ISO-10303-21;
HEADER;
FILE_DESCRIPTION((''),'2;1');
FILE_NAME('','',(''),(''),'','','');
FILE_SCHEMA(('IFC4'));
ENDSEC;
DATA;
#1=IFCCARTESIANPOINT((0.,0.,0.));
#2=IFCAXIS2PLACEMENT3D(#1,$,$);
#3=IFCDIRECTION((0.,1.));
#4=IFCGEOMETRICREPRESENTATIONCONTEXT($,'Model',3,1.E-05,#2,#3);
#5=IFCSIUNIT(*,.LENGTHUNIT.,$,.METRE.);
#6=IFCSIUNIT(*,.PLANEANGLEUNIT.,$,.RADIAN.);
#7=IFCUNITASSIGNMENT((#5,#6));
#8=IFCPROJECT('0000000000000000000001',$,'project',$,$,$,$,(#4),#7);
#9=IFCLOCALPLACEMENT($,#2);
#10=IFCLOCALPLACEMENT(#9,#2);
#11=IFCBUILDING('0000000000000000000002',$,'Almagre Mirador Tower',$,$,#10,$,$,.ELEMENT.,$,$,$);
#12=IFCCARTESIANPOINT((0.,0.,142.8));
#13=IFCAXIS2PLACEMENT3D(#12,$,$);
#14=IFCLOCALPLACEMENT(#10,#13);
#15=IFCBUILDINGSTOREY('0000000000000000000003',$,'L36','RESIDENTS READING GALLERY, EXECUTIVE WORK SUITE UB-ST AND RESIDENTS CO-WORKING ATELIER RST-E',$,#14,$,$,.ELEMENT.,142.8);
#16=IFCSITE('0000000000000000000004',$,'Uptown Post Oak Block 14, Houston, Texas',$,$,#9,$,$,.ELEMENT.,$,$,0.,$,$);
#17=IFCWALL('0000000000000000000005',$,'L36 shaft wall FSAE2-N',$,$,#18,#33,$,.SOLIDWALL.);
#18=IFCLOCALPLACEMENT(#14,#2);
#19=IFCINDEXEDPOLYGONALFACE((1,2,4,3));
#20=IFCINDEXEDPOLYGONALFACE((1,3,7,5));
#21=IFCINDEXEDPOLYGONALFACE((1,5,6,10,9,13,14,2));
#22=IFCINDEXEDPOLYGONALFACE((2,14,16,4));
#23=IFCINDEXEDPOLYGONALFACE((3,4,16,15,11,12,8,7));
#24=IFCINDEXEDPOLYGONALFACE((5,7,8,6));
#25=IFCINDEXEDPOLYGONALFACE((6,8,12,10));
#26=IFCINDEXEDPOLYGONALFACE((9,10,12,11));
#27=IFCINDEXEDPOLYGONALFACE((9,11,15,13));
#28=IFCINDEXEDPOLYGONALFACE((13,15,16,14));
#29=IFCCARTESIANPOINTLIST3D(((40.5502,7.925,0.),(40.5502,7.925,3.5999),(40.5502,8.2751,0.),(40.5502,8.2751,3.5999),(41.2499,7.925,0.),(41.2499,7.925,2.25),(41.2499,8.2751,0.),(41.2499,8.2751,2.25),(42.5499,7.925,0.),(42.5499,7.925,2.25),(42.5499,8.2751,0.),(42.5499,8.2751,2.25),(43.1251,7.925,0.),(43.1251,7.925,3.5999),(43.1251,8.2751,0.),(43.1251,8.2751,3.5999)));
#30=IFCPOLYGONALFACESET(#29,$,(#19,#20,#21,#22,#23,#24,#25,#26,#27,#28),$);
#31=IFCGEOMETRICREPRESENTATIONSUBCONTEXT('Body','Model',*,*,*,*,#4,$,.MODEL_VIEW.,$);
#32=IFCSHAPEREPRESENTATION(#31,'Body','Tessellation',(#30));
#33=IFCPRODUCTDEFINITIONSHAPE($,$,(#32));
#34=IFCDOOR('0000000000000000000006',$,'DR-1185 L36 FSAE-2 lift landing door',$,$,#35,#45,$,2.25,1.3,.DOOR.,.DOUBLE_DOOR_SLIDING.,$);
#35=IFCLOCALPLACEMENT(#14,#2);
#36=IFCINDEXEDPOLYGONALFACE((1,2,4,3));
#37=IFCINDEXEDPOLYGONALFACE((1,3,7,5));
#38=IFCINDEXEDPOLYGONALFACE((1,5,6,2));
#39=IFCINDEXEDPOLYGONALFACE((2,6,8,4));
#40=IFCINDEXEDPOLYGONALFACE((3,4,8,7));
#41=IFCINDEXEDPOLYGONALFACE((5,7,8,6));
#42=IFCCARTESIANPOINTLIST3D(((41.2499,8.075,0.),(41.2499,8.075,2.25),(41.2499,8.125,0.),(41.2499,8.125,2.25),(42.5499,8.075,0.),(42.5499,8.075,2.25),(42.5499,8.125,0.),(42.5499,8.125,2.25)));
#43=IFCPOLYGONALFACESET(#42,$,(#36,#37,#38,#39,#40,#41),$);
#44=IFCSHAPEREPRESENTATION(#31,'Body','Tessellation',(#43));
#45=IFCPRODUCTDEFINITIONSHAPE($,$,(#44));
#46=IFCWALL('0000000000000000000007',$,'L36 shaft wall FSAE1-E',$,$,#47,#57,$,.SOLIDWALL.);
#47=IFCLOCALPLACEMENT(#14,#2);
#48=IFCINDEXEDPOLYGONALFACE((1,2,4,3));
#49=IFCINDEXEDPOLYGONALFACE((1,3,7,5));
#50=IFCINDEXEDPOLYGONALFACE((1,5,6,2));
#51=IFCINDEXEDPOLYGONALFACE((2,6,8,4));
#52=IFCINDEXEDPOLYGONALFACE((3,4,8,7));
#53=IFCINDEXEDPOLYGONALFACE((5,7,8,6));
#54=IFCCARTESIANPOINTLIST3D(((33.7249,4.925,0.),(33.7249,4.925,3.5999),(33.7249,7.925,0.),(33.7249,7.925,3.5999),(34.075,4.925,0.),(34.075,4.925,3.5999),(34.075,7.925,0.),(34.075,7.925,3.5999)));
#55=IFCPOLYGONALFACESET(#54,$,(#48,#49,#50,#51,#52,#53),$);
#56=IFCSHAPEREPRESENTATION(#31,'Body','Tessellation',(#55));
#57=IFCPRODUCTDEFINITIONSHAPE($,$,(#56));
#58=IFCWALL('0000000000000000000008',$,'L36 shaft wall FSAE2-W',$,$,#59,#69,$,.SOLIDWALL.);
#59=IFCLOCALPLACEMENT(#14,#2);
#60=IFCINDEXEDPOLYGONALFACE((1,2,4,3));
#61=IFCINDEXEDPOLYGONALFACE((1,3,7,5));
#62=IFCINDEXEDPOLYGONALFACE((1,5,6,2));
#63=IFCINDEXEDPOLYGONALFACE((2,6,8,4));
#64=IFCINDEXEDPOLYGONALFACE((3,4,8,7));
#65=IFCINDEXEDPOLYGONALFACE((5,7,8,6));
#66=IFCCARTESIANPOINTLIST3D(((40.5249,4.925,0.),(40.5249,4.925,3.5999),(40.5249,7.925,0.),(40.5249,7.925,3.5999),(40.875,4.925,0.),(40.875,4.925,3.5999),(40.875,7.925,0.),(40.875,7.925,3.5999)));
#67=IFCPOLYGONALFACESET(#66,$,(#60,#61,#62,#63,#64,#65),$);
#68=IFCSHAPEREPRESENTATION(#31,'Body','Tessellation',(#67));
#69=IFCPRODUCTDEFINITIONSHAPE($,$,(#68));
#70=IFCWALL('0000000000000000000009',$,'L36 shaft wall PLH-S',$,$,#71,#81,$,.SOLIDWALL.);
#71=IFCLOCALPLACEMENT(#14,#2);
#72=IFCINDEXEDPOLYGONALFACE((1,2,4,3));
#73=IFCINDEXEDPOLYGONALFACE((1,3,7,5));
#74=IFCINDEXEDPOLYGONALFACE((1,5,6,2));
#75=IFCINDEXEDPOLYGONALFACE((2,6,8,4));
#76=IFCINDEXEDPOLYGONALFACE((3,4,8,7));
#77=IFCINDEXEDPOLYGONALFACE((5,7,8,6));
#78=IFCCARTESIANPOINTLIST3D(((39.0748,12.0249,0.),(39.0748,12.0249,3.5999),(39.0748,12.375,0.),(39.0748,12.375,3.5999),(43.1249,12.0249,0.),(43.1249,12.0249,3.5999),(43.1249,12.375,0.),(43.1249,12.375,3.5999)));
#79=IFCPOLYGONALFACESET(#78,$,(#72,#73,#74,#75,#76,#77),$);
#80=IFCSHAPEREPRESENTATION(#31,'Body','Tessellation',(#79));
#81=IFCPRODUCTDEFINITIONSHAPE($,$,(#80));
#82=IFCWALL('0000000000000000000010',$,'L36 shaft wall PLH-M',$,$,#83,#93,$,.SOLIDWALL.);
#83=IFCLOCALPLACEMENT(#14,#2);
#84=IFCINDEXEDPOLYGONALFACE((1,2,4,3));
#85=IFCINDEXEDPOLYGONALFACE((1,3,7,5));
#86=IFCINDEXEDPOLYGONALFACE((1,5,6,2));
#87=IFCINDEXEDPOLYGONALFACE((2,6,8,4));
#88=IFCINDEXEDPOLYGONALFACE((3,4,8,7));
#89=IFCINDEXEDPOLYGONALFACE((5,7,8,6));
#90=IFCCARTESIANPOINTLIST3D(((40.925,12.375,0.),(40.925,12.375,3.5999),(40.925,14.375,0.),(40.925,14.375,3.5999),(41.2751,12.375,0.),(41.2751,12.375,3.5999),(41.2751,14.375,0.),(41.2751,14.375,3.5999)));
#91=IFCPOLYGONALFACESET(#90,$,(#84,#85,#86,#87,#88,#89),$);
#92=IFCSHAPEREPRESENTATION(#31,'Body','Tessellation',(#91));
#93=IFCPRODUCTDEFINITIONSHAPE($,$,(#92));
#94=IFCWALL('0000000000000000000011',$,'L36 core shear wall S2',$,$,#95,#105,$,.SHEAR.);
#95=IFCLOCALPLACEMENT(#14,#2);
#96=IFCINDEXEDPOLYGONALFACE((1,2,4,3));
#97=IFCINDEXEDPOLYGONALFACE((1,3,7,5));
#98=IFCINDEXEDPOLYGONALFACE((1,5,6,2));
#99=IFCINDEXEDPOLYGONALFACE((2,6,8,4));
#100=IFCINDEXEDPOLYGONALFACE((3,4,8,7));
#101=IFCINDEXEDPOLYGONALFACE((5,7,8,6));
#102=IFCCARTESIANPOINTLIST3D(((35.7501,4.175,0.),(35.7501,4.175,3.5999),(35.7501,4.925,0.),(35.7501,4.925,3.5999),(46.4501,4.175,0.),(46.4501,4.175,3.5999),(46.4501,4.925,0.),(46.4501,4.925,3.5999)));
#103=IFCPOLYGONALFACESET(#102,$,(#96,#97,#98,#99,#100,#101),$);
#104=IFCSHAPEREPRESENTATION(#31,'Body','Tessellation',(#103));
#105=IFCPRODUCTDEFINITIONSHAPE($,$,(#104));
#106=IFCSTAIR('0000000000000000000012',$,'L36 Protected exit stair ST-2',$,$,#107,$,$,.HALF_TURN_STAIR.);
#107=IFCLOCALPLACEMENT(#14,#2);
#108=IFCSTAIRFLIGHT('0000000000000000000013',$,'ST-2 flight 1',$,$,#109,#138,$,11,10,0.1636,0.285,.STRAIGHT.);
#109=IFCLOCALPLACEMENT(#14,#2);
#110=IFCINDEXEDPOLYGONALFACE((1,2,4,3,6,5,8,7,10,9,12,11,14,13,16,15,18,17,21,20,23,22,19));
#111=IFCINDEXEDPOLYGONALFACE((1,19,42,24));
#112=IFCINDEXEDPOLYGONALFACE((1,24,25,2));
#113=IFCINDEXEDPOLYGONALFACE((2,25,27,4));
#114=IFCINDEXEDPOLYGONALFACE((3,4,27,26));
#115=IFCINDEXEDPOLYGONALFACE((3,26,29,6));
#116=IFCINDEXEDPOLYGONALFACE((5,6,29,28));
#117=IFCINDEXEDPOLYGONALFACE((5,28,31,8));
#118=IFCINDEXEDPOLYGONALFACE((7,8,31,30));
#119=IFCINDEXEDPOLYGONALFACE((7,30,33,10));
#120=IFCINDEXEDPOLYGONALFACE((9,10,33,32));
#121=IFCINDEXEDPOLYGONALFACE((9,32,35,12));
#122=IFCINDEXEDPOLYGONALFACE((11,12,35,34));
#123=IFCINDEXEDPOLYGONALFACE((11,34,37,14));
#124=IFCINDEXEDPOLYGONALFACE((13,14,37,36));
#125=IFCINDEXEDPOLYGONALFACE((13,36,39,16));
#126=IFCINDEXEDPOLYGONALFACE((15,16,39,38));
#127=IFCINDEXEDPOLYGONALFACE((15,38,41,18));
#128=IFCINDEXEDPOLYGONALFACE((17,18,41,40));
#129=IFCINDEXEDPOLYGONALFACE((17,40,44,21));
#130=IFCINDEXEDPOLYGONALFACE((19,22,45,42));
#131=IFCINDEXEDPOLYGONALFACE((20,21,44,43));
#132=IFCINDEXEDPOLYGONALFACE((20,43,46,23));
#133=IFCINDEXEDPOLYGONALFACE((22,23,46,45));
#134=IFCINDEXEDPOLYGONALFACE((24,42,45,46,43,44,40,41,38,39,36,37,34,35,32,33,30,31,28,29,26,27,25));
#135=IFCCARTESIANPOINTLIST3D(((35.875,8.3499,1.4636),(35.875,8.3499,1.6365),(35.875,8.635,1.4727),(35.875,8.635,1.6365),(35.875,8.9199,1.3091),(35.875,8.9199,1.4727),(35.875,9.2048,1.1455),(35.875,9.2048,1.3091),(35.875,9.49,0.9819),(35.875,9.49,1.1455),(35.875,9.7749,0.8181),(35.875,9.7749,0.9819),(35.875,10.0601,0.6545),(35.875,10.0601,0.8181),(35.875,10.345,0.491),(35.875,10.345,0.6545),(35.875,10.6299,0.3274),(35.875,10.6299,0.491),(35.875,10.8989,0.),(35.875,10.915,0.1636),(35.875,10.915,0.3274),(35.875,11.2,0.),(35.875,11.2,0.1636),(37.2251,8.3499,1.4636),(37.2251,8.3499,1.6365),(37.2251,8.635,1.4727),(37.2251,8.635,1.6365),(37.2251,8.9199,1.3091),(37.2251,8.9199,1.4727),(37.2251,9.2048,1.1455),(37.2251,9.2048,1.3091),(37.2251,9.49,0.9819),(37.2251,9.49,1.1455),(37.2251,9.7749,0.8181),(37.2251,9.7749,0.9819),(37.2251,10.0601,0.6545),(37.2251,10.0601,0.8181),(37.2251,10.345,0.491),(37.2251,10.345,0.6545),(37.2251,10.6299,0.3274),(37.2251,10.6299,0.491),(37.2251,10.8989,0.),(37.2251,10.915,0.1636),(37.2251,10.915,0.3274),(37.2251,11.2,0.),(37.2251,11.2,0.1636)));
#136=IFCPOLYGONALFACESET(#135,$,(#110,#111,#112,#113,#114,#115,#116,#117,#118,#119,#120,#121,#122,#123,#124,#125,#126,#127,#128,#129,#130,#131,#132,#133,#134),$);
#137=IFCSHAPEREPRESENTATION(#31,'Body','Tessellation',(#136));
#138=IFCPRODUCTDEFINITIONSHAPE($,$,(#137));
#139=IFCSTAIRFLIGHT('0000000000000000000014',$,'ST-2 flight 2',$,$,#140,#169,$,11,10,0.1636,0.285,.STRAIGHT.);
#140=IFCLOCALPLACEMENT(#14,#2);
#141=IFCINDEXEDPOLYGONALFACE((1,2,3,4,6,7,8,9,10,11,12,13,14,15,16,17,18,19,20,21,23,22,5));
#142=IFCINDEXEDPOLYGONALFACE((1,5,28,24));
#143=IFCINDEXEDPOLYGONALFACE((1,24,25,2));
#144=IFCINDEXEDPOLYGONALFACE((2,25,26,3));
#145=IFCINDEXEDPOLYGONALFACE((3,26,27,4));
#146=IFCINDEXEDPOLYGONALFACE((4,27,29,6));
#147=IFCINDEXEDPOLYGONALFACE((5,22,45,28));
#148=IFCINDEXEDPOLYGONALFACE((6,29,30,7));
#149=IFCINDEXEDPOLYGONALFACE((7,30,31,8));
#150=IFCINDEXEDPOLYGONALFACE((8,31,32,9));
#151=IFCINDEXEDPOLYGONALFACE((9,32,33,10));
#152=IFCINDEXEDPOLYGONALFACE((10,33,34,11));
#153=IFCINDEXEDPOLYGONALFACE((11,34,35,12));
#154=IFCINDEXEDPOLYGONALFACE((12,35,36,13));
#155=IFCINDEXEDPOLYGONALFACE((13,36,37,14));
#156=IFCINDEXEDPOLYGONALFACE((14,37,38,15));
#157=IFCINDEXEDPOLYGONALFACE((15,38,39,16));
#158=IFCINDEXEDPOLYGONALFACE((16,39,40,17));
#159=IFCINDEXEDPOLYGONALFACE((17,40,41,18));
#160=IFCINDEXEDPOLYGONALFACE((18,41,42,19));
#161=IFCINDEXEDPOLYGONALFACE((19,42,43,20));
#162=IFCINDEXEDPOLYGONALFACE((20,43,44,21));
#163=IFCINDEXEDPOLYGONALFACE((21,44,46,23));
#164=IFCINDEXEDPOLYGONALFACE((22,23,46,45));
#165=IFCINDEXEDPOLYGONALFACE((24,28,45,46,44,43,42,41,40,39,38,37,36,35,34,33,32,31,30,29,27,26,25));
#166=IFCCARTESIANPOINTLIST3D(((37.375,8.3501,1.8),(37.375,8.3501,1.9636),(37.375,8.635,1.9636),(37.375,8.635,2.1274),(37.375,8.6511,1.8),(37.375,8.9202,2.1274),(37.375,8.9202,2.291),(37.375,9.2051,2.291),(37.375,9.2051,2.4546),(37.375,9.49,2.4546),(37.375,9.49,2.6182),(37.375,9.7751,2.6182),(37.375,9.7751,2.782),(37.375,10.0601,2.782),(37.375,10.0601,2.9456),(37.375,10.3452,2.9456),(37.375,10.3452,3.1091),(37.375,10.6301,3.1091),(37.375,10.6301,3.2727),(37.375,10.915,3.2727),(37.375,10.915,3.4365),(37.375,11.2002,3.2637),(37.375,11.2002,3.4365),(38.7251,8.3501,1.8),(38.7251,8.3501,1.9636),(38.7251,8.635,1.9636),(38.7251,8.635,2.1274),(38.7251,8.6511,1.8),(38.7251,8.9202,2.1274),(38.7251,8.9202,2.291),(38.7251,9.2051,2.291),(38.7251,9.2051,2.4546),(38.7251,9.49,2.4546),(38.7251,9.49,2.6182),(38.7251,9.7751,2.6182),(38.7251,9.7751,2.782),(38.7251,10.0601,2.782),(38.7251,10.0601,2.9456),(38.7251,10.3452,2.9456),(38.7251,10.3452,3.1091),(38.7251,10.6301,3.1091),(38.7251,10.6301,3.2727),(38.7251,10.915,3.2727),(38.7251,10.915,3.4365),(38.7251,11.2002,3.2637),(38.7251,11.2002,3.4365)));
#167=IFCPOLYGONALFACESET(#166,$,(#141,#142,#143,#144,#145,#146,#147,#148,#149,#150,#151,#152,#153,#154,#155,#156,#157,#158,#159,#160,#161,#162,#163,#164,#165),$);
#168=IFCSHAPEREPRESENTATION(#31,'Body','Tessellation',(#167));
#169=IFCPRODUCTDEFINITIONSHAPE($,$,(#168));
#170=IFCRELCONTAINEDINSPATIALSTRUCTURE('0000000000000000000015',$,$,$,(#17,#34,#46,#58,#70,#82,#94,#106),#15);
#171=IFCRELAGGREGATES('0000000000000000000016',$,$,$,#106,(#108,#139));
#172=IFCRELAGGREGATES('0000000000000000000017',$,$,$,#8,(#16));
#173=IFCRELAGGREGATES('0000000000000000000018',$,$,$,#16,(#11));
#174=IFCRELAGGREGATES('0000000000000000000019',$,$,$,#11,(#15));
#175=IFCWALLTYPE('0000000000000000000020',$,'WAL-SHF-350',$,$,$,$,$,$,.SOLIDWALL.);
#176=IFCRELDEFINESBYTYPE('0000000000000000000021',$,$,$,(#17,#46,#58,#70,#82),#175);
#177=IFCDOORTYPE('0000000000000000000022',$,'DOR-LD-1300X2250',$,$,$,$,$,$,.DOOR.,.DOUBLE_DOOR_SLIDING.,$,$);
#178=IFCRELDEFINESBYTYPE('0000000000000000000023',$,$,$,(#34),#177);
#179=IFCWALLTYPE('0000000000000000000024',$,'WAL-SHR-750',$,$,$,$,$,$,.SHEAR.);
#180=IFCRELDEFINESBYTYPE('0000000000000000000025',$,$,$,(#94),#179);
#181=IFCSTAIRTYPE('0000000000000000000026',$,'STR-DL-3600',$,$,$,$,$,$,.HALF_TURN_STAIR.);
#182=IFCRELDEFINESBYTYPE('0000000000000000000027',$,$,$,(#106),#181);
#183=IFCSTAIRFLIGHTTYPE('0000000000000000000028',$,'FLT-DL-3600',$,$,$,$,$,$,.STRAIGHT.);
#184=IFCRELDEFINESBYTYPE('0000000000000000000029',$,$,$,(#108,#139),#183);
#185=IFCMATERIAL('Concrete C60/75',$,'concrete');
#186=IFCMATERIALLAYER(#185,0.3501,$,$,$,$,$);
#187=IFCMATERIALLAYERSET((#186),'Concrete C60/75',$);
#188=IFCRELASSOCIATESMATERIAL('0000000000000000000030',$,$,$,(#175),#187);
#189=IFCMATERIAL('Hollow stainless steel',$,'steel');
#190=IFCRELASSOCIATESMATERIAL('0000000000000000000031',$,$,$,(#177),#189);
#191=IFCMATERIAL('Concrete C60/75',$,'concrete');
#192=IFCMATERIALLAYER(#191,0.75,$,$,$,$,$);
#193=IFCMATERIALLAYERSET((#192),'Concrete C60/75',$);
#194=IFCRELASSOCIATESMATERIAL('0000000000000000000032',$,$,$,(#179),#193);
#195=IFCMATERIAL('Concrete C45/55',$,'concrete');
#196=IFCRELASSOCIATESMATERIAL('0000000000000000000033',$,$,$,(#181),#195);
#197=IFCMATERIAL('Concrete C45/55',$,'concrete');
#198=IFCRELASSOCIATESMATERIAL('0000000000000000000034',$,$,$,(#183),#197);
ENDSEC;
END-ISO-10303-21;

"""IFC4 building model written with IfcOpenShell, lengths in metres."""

from ifc_helpers import new_model, si_unit, direction, frame, frame_2d, origin, place, context, subcontext, project, spatial, polyline, rectangle, outline, extrude, material, layer, layer_set, type_object, element, fill, aggregate, save


model = new_model("IFC4")

# Units and contexts
model_context = context("Model", 3, precision=1e-05, world=origin(), true_north=direction((0.0, 1.0)))
body_context = subcontext(model_context, "Body", "Model", "MODEL_VIEW")
ifc_project = project(units=[si_unit("LENGTHUNIT", "METRE"), si_unit("PLANEANGLEUNIT", "RADIAN")], contexts=[model_context])

# Site, building, storey
site_placement = place(None, origin())
site = spatial("IfcSite", under=ifc_project, at=site_placement, Name="Uptown Post Oak Block 14, Houston, Texas", CompositionType="ELEMENT", RefElevation=0.0)
building_placement = place(site_placement, origin())
building = spatial("IfcBuilding", under=site, at=building_placement, Name="Almagre Mirador Tower", CompositionType="ELEMENT")
storey_placement = place(building_placement, frame((0.0, 0.0, 142.8)))
storey = spatial("IfcBuildingStorey", under=building, at=storey_placement, Name="L36", Description="RESIDENTS READING GALLERY, EXECUTIVE WORK SUITE UB-ST AND RESIDENTS CO-WORKING ATELIER RST-E", CompositionType="ELEMENT", Elevation=142.8)

# Shared definitions
ifc_material_1 = material(Name="Concrete C60/75", Category="concrete")
ifc_layer_1 = layer(ifc_material_1, 0.3501)
ifc_layer_set_1 = layer_set([ifc_layer_1], Name="Concrete C60/75")
wall_type_1 = type_object("IfcWallType", Name="WAL-SHF-350", PredefinedType="SOLIDWALL", material=ifc_layer_set_1)

# Wall, opening, door
wall_1_placement = place(storey_placement, frame((40.55, 8.1001, 0.0), z_axis=(0.0, 0.0, 1.0), x_axis=(1.0, 0.0, 0.0)))
wall_1 = element("IfcWall", 1, at=wall_1_placement, inside=storey, type_object=wall_type_1, Name="L36 shaft wall FSAE2-N", PredefinedType="SOLIDWALL", context=body_context, shape_type="SweptSolid", body=[
    extrude(rectangle(XDim=2.575, YDim=0.3501, at=frame_2d((1.2876, 0.0))), origin(), (0.0, 0.0, 1.0), 3.5999),
])
opening_1_placement = place(wall_1_placement, frame((0.7, 0.0, 0.0)))
opening_1 = element("IfcOpeningElement", 2, at=opening_1_placement, cuts=wall_1, PredefinedType="OPENING", context=body_context, shape_type="SweptSolid", body=[
    extrude(rectangle(XDim=1.3, YDim=2.25, at=frame_2d((0.6499, 1.125))), frame((0.0, 0.185, 0.0), z_axis=(0.0, -1.0, 0.0), x_axis=(1.0, 0.0, 0.0)), (0.0, 0.0, 1.0), 0.3701),
])
ifc_material_2 = material(Name="Hollow stainless steel", Category="steel")
door_type_1 = type_object("IfcDoorType", Name="DOR-LD-1300X2250", OperationType="DOUBLE_DOOR_SLIDING", PredefinedType="DOOR", material=ifc_material_2)
door_1_placement = place(opening_1_placement, origin())
door_1 = element("IfcDoor", 3, at=door_1_placement, inside=storey, type_object=door_type_1, Name="DR-1185 L36 FSAE-2 lift landing door", OperationType="DOUBLE_DOOR_SLIDING", OverallHeight=2.25, OverallWidth=1.3, PredefinedType="DOOR", context=body_context, shape_type="SweptSolid", body=[
    extrude(rectangle(XDim=1.3, YDim=2.25, at=frame_2d((0.6499, 1.125))), frame((0.0, 0.0249, 0.0), z_axis=(0.0, -1.0, 0.0), x_axis=(1.0, 0.0, 0.0)), (0.0, 0.0, 1.0), 0.05),
])
fill(opening_1, door_1)

# Walls
for number, where, z_axis, x_axis, name in (
    (4, (33.8999, 4.925, 0.0), (0.0, 0.0, 1.0), (0.0, 1.0, 0.0), "L36 shaft wall FSAE1-E"),
    (5, (40.7, 4.925, 0.0), (0.0, 0.0, 1.0), (0.0, 1.0, 0.0), "L36 shaft wall FSAE2-W"),
):
    element("IfcWall", number, at=place(storey_placement, frame(where, z_axis=z_axis, x_axis=x_axis)), inside=storey, type_object=wall_type_1, Name=name, PredefinedType="SOLIDWALL", context=body_context, shape_type="SweptSolid", body=[
        extrude(rectangle(XDim=3.0, YDim=0.3501, at=frame_2d((1.5, 0.0))), origin(), (0.0, 0.0, 1.0), 3.5999),
    ])
wall_2_placement = place(storey_placement, frame((39.075, 12.2, 0.0), z_axis=(0.0, 0.0, 1.0), x_axis=(1.0, 0.0, 0.0)))
element("IfcWall", 6, at=wall_2_placement, inside=storey, type_object=wall_type_1, Name="L36 shaft wall PLH-S", PredefinedType="SOLIDWALL", context=body_context, shape_type="SweptSolid", body=[
    extrude(rectangle(XDim=4.05, YDim=0.3501, at=frame_2d((2.0249, 0.0))), origin(), (0.0, 0.0, 1.0), 3.5999),
])
wall_3_placement = place(storey_placement, frame((41.1001, 12.375, 0.0), z_axis=(0.0, 0.0, 1.0), x_axis=(0.0, 1.0, 0.0)))
element("IfcWall", 7, at=wall_3_placement, inside=storey, type_object=wall_type_1, Name="L36 shaft wall PLH-M", PredefinedType="SOLIDWALL", context=body_context, shape_type="SweptSolid", body=[
    extrude(rectangle(XDim=2.0, YDim=0.3501, at=frame_2d((1.0, 0.0))), origin(), (0.0, 0.0, 1.0), 3.5999),
])
ifc_material_3 = material(Name="Concrete C60/75", Category="concrete")
ifc_layer_2 = layer(ifc_material_3, 0.75)
ifc_layer_set_2 = layer_set([ifc_layer_2], Name="Concrete C60/75")
wall_type_2 = type_object("IfcWallType", Name="WAL-SHR-750", PredefinedType="SHEAR", material=ifc_layer_set_2)
wall_4_placement = place(storey_placement, frame((35.75, 4.55, 0.0), z_axis=(0.0, 0.0, 1.0), x_axis=(1.0, 0.0, 0.0)))
element("IfcWall", 8, at=wall_4_placement, inside=storey, type_object=wall_type_2, Name="L36 core shear wall S2", PredefinedType="SHEAR", context=body_context, shape_type="SweptSolid", body=[
    extrude(rectangle(XDim=10.7, YDim=0.75, at=frame_2d((5.3501, 0.0))), origin(), (0.0, 0.0, 1.0), 3.5999),
])

# Stair, stair flights
ifc_material_4 = material(Name="Concrete C45/55", Category="concrete")
stair_type = type_object("IfcStairType", Name="STR-DL-3600", PredefinedType="HALF_TURN_STAIR", material=ifc_material_4)
stair_placement = place(storey_placement, origin())
stair = element("IfcStair", 9, at=stair_placement, inside=storey, type_object=stair_type, Name="L36 Protected exit stair ST-2", PredefinedType="HALF_TURN_STAIR")
ifc_material_5 = material(Name="Concrete C45/55", Category="concrete")
stair_flight_type = type_object("IfcStairFlightType", Name="FLT-DL-3600", PredefinedType="STRAIGHT", material=ifc_material_5)
stair_flight_1_placement = place(storey_placement, frame((36.55, 11.2, 0.0), z_axis=(0.0, 0.0, 1.0), x_axis=(0.0, -1.0, 0.0)))
stair_flight_1 = element("IfcStairFlight", 10, at=stair_flight_1_placement, type_object=stair_flight_type, Name="ST-2 flight 1", NumberOfRisers=11, NumberOfTreads=10, PredefinedType="STRAIGHT", RiserHeight=0.1636, TreadLength=0.285, context=body_context, shape_type="SweptSolid", body=[
    extrude(outline(polyline([(0.0, 0.0), (0.0, 0.1636), (0.2849, 0.1636), (0.2849, 0.3274), (0.5701, 0.3274), (0.5701, 0.491), (0.855, 0.491), (0.855, 0.6545), (1.1399, 0.6545), (1.1399, 0.8181), (1.425, 0.8181), (1.425, 0.9819), (1.71, 0.9819), (1.71, 1.1455), (1.9951, 1.1455), (1.9951, 1.3091), (2.28, 1.3091), (2.28, 1.4727), (2.5649, 1.4727), (2.5649, 1.6365), (2.8501, 1.6365), (2.8501, 1.8), (2.8501, 1.4636), (0.301, 0.0), (0.0, 0.0)])), frame((0.0, 0.675, 0.0), z_axis=(0.0, -1.0, 0.0), x_axis=(1.0, 0.0, 0.0)), (0.0, 0.0, 1.0), 1.3501),
])
stair_flight_2_placement = place(storey_placement, frame((38.05, 8.3501, 1.8), z_axis=(0.0, 0.0, 1.0), x_axis=(0.0, 1.0, 0.0)))
stair_flight_2 = element("IfcStairFlight", 11, at=stair_flight_2_placement, type_object=stair_flight_type, Name="ST-2 flight 2", NumberOfRisers=11, NumberOfTreads=10, PredefinedType="STRAIGHT", RiserHeight=0.1636, TreadLength=0.285, context=body_context, shape_type="SweptSolid", body=[
    extrude(outline(polyline([(0.0, 0.0), (0.0, 0.1636), (0.2849, 0.1636), (0.2849, 0.3274), (0.5701, 0.3274), (0.5701, 0.491), (0.855, 0.491), (0.855, 0.6545), (1.1399, 0.6545), (1.1399, 0.8181), (1.425, 0.8181), (1.425, 0.9819), (1.71, 0.9819), (1.71, 1.1455), (1.9951, 1.1455), (1.9951, 1.3091), (2.28, 1.3091), (2.28, 1.4727), (2.5649, 1.4727), (2.5649, 1.6365), (2.8501, 1.6365), (2.8501, 1.8), (2.8501, 1.4636), (0.301, 0.0), (0.0, 0.0)])), frame((0.0, 0.675, 0.0), z_axis=(0.0, -1.0, 0.0), x_axis=(1.0, 0.0, 0.0)), (0.0, 0.0, 1.0), 1.3501),
])
aggregate(stair, [stair_flight_1, stair_flight_2])

save(model, "model.ifc")
